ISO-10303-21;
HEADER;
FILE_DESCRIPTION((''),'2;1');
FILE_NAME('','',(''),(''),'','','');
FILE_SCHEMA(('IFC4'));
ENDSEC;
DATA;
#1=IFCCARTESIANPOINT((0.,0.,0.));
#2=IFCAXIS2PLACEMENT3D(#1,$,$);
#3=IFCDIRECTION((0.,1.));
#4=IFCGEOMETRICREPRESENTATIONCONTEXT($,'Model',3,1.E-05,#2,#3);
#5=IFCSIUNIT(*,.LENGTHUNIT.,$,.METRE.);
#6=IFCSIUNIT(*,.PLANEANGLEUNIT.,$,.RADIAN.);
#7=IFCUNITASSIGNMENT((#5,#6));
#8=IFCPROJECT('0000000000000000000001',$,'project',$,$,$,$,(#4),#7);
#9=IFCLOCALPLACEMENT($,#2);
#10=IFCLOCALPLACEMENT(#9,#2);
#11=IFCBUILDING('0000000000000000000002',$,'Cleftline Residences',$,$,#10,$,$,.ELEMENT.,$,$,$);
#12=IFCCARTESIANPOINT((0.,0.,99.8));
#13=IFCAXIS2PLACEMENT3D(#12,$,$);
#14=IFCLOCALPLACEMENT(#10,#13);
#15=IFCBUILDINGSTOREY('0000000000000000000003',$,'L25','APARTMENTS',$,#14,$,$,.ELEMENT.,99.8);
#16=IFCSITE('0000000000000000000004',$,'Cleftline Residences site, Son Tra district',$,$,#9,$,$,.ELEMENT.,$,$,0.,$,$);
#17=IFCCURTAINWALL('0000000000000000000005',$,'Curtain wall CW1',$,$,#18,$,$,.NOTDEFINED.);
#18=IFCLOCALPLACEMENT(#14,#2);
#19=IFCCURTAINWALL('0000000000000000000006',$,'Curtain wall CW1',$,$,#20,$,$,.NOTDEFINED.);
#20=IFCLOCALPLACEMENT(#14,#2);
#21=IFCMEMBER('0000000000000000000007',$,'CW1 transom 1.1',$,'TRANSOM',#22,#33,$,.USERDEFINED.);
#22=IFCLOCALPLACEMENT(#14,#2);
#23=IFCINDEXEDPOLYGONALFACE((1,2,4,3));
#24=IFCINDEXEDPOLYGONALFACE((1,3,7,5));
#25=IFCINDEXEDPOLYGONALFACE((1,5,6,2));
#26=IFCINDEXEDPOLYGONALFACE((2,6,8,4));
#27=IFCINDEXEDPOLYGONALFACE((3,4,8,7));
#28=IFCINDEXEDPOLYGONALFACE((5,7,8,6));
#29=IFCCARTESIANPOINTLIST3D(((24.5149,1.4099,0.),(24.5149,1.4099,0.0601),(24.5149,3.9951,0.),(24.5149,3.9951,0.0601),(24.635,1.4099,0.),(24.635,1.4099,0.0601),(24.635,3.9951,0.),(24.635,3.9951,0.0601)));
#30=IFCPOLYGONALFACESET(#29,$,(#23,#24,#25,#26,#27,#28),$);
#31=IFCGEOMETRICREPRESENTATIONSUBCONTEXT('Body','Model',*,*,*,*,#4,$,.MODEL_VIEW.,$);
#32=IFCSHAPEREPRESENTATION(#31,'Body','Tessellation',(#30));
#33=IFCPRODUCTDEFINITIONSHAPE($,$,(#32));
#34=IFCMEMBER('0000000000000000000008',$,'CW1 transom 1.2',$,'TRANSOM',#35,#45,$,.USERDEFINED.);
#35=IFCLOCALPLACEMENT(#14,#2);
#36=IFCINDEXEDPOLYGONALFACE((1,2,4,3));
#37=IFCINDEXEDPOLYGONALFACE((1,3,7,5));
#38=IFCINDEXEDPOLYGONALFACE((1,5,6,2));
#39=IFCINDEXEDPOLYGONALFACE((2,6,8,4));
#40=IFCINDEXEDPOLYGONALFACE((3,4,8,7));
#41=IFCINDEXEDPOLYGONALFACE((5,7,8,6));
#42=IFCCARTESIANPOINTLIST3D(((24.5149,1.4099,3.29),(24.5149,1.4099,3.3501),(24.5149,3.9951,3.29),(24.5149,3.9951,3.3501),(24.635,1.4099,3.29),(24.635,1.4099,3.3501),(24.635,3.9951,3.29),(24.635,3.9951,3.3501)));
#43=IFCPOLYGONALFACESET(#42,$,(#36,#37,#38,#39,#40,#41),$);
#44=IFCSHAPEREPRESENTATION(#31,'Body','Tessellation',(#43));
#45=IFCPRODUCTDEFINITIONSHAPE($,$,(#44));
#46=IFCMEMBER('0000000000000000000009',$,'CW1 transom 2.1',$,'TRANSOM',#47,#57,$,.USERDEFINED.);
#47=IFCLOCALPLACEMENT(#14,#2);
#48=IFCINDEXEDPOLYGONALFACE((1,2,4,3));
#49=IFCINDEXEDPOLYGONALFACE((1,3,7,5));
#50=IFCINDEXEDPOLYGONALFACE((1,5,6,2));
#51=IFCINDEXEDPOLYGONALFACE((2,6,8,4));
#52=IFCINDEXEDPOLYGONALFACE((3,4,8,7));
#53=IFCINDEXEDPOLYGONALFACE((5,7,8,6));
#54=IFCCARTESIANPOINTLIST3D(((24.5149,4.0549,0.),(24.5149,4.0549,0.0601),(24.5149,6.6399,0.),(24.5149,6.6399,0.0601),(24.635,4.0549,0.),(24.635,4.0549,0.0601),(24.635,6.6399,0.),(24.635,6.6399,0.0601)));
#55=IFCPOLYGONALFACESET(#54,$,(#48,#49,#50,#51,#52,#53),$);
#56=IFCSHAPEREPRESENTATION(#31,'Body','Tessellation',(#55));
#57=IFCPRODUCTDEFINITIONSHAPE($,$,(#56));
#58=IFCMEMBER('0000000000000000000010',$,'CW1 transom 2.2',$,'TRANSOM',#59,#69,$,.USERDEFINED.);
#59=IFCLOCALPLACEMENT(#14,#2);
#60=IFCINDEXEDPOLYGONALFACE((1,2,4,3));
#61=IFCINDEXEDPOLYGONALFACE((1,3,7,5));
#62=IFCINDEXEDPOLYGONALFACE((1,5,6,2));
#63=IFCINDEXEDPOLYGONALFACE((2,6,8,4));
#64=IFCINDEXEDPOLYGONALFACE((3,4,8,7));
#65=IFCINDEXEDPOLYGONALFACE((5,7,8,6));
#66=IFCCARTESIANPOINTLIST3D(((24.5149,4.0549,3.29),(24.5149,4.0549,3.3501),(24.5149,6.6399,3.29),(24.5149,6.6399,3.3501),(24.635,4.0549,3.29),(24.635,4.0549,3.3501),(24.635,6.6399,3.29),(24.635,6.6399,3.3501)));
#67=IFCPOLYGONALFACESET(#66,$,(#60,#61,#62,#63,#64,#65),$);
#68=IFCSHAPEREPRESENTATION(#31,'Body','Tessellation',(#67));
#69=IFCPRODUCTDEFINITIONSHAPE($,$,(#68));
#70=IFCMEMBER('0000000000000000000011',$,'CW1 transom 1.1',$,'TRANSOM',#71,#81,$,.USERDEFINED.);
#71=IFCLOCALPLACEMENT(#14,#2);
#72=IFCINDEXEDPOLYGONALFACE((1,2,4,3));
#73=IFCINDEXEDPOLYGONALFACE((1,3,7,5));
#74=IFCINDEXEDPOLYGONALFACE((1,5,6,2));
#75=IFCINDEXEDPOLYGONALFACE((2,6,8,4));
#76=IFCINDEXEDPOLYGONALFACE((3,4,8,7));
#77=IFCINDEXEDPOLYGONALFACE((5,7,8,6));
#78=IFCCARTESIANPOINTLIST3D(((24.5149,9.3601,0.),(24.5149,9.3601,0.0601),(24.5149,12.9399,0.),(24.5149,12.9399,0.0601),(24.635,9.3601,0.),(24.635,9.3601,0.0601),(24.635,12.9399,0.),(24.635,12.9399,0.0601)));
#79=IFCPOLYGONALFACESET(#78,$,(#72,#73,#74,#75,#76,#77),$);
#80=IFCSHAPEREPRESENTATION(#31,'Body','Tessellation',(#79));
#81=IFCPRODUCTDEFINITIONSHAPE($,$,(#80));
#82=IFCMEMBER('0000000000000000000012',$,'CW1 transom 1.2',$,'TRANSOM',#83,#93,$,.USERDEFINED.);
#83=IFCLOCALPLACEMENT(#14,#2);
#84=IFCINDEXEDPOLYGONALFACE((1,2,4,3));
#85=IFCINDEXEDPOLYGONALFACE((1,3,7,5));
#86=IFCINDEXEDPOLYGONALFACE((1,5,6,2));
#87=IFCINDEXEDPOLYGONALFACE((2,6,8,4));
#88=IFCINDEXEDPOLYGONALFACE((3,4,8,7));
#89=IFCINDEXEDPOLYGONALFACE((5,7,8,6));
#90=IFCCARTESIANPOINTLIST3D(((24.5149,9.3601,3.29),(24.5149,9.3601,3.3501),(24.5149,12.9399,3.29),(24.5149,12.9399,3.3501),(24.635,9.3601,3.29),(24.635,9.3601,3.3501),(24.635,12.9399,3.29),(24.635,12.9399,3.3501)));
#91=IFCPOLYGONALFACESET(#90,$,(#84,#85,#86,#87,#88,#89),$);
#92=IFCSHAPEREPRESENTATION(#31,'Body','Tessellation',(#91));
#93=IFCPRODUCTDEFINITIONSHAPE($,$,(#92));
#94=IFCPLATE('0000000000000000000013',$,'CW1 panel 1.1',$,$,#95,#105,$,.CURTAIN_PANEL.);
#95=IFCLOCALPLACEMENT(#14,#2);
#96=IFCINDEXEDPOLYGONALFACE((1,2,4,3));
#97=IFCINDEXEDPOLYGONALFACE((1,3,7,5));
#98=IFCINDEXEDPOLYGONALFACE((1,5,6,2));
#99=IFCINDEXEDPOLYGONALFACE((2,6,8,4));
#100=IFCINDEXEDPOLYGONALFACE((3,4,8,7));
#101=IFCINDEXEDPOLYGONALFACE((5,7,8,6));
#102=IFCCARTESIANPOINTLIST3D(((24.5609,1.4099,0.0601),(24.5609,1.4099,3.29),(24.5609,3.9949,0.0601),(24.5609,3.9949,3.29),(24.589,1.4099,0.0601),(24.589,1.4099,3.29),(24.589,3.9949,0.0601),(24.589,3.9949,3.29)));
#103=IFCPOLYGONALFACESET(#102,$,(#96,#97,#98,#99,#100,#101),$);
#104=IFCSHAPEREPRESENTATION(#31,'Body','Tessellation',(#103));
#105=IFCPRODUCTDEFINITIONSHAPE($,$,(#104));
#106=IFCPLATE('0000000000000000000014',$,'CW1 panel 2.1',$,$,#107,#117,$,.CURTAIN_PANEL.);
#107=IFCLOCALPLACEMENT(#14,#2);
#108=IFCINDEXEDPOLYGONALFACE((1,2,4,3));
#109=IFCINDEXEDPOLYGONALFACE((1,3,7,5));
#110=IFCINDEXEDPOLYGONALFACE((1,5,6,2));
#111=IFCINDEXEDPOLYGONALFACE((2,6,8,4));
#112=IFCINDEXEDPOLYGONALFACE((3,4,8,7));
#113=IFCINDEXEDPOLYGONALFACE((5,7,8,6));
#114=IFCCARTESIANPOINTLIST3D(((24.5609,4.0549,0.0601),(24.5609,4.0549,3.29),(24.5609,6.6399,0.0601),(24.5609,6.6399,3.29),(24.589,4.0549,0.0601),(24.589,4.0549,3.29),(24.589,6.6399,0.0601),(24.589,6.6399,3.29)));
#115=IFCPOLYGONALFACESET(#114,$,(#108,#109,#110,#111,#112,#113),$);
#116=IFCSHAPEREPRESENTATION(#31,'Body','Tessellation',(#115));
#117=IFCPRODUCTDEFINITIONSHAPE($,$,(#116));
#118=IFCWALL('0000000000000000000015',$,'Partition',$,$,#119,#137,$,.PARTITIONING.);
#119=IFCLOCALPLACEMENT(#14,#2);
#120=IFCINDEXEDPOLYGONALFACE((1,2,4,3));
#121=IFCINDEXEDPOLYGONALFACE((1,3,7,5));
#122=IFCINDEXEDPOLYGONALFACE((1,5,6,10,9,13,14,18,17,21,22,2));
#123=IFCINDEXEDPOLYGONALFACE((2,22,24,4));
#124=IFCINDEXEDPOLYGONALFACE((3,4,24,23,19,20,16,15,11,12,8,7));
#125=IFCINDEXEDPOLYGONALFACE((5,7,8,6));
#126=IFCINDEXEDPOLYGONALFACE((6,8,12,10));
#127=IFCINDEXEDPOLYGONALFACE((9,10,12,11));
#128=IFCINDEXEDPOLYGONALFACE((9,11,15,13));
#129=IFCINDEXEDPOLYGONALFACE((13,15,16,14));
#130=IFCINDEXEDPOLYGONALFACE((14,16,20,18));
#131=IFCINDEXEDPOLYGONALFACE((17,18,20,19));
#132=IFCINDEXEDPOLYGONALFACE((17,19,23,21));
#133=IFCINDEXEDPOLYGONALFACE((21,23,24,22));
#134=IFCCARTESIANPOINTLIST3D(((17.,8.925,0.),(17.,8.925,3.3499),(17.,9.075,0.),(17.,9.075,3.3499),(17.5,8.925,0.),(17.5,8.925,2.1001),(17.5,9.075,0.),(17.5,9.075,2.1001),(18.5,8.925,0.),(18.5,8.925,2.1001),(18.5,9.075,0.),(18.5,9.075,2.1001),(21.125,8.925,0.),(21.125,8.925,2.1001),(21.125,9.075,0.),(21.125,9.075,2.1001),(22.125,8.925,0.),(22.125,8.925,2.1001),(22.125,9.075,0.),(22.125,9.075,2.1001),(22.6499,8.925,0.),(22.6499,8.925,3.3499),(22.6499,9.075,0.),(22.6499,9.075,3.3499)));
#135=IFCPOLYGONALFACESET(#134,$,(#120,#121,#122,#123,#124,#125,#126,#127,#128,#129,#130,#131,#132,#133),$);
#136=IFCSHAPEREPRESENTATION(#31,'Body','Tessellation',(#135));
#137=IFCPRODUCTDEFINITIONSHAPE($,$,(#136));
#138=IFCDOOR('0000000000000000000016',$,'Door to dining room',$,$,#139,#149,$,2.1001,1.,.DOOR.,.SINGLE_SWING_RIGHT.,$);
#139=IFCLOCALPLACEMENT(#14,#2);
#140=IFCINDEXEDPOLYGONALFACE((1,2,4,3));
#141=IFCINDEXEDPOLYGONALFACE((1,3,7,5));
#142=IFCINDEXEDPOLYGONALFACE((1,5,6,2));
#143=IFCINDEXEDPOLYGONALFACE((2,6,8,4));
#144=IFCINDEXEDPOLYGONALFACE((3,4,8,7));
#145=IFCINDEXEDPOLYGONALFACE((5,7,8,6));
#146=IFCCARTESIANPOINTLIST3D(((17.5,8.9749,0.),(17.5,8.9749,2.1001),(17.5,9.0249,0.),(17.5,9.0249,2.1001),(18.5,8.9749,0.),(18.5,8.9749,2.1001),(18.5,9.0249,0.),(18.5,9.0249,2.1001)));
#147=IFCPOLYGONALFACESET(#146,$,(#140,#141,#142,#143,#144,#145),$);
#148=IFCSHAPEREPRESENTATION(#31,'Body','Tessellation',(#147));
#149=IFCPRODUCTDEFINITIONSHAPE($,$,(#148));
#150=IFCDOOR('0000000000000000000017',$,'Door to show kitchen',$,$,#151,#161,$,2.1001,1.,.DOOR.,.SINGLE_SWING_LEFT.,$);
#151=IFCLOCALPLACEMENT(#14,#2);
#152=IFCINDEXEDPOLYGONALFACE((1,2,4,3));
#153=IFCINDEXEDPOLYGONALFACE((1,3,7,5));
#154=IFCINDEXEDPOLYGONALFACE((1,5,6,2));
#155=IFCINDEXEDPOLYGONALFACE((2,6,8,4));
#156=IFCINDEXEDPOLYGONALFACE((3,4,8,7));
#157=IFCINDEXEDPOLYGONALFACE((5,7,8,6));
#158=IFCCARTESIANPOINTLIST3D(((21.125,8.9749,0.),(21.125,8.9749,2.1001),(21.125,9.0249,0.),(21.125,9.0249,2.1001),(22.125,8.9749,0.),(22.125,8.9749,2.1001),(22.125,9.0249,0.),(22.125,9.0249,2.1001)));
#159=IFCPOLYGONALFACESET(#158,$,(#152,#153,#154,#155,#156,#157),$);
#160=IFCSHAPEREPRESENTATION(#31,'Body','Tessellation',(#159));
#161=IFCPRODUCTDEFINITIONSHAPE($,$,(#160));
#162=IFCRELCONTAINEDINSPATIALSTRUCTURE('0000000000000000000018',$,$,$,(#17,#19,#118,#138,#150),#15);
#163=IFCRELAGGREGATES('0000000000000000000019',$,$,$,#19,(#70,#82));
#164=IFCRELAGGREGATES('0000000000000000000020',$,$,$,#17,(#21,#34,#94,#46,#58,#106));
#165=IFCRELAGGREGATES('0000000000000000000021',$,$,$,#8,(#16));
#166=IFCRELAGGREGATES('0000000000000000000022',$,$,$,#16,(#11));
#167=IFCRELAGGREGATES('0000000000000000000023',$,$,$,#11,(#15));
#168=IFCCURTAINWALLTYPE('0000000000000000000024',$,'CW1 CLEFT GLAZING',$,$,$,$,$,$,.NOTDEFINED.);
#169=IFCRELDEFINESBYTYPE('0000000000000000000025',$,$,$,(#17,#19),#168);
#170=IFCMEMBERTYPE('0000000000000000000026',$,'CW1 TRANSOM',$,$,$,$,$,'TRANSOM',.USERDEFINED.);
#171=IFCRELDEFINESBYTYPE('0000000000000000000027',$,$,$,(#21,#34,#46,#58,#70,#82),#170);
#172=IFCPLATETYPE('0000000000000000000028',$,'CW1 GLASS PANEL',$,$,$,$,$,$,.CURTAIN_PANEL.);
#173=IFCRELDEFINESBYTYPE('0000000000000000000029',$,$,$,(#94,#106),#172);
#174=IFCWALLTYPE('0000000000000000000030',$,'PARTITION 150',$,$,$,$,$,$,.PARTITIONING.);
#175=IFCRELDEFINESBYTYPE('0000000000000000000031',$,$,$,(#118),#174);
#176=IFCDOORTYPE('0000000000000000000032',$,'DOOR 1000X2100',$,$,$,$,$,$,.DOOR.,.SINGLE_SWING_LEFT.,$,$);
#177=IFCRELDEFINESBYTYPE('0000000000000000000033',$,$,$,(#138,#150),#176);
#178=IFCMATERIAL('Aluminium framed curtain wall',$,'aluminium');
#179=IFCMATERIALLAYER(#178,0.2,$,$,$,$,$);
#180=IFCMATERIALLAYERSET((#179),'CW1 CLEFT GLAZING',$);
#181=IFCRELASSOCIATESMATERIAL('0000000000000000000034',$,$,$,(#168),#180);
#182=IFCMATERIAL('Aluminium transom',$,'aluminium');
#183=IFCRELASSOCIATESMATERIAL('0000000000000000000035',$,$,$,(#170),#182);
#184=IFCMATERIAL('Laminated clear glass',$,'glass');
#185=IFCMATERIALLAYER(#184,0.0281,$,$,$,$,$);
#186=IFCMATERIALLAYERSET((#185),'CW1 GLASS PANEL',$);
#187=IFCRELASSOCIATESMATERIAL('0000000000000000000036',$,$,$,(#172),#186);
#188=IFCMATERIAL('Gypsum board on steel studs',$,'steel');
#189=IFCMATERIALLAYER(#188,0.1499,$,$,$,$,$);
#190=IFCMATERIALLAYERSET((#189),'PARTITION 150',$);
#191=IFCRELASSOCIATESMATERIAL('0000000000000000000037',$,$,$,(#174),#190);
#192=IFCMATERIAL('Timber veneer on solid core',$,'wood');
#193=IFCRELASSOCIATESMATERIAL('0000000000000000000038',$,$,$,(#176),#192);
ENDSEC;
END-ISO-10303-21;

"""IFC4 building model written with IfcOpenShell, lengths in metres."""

from ifc_helpers import new_model, si_unit, direction, frame, frame_2d, origin, origin_2d, place, context, subcontext, project, spatial, rectangle, extrude, material, layer, layer_set, material_profile, profile_set, type_object, element, fill, aggregate, save


model = new_model("IFC4")

# Units and contexts
model_context = context("Model", 3, precision=1e-05, world=origin(), true_north=direction((0.0, 1.0)))
body_context = subcontext(model_context, "Body", "Model", "MODEL_VIEW")
ifc_project = project(units=[si_unit("LENGTHUNIT", "METRE"), si_unit("PLANEANGLEUNIT", "RADIAN")], contexts=[model_context])

# Site, building, storey
site_placement = place(None, origin())
site = spatial("IfcSite", under=ifc_project, at=site_placement, Name="Cleftline Residences site, Son Tra district", CompositionType="ELEMENT", RefElevation=0.0)
building_placement = place(site_placement, origin())
building = spatial("IfcBuilding", under=site, at=building_placement, Name="Cleftline Residences", CompositionType="ELEMENT")
storey_placement = place(building_placement, frame((0.0, 0.0, 99.8)))
storey = spatial("IfcBuildingStorey", under=building, at=storey_placement, Name="L25", Description="APARTMENTS", CompositionType="ELEMENT", Elevation=99.8)

# Curtain wall
ifc_material_1 = material(Name="Aluminium framed curtain wall", Category="aluminium")
ifc_layer_1 = layer(ifc_material_1, 0.2)
ifc_layer_set_1 = layer_set([ifc_layer_1], Name="CW1 CLEFT GLAZING")
curtain_wall_type = type_object("IfcCurtainWallType", Name="CW1 CLEFT GLAZING", PredefinedType="NOTDEFINED", material=ifc_layer_set_1)
curtain_wall_1_placement = place(storey_placement, origin())
curtain_wall_1 = element("IfcCurtainWall", 1, at=curtain_wall_1_placement, inside=storey, type_object=curtain_wall_type, Name="Curtain wall CW1", PredefinedType="NOTDEFINED")

# Curtain wall
curtain_wall_2_placement = place(storey_placement, origin())
curtain_wall_2 = element("IfcCurtainWall", 2, at=curtain_wall_2_placement, inside=storey, type_object=curtain_wall_type, Name="Curtain wall CW1", PredefinedType="NOTDEFINED")

# Members
ifc_material_2 = material(Name="Aluminium transom", Category="aluminium")
ifc_material_profile_1 = material_profile(ifc_material_2, rectangle(XDim=0.1201, YDim=0.0601, at=origin_2d()))
ifc_profile_set_1 = profile_set([ifc_material_profile_1], Name="Aluminium transom")
member_type_1 = type_object("IfcMemberType", Name="CW1 TRANSOM", ElementType="TRANSOM", PredefinedType="USERDEFINED", material=ifc_profile_set_1)
member_1_placement = place(storey_placement, frame((24.575, 1.4099, 0.03), z_axis=(0.0, 1.0, 0.0), x_axis=(-1.0, 0.0, 0.0)))
member_1 = element("IfcMember", 3, at=member_1_placement, type_object=member_type_1, Name="CW1 transom 1.1", ObjectType="TRANSOM", PredefinedType="USERDEFINED", context=body_context, shape_type="SweptSolid", body=[
    extrude(rectangle(XDim=0.1201, YDim=0.0601, at=origin_2d()), origin(), (0.0, 0.0, 1.0), 2.5852),
])
member_2_placement = place(storey_placement, frame((24.575, 1.4099, 3.3201), z_axis=(0.0, 1.0, 0.0), x_axis=(-1.0, 0.0, 0.0)))
member_2 = element("IfcMember", 4, at=member_2_placement, type_object=member_type_1, Name="CW1 transom 1.2", ObjectType="TRANSOM", PredefinedType="USERDEFINED", context=body_context, shape_type="SweptSolid", body=[
    extrude(rectangle(XDim=0.1201, YDim=0.0601, at=origin_2d()), origin(), (0.0, 0.0, 1.0), 2.5852),
])
member_3_placement = place(storey_placement, frame((24.575, 4.0549, 0.03), z_axis=(0.0, 1.0, 0.0), x_axis=(-1.0, 0.0, 0.0)))
member_3 = element("IfcMember", 5, at=member_3_placement, type_object=member_type_1, Name="CW1 transom 2.1", ObjectType="TRANSOM", PredefinedType="USERDEFINED", context=body_context, shape_type="SweptSolid", body=[
    extrude(rectangle(XDim=0.1201, YDim=0.0601, at=origin_2d()), origin(), (0.0, 0.0, 1.0), 2.585),
])
member_4_placement = place(storey_placement, frame((24.575, 4.0549, 3.3201), z_axis=(0.0, 1.0, 0.0), x_axis=(-1.0, 0.0, 0.0)))
member_4 = element("IfcMember", 6, at=member_4_placement, type_object=member_type_1, Name="CW1 transom 2.2", ObjectType="TRANSOM", PredefinedType="USERDEFINED", context=body_context, shape_type="SweptSolid", body=[
    extrude(rectangle(XDim=0.1201, YDim=0.0601, at=origin_2d()), origin(), (0.0, 0.0, 1.0), 2.585),
])
member_5_placement = place(storey_placement, frame((24.575, 9.3601, 0.03), z_axis=(0.0, 1.0, 0.0), x_axis=(-1.0, 0.0, 0.0)))
member_5 = element("IfcMember", 7, at=member_5_placement, type_object=member_type_1, Name="CW1 transom 1.1", ObjectType="TRANSOM", PredefinedType="USERDEFINED", context=body_context, shape_type="SweptSolid", body=[
    extrude(rectangle(XDim=0.1201, YDim=0.0601, at=origin_2d()), origin(), (0.0, 0.0, 1.0), 3.5798),
])
member_6_placement = place(storey_placement, frame((24.575, 9.3601, 3.3201), z_axis=(0.0, 1.0, 0.0), x_axis=(-1.0, 0.0, 0.0)))
member_6 = element("IfcMember", 8, at=member_6_placement, type_object=member_type_1, Name="CW1 transom 1.2", ObjectType="TRANSOM", PredefinedType="USERDEFINED", context=body_context, shape_type="SweptSolid", body=[
    extrude(rectangle(XDim=0.1201, YDim=0.0601, at=origin_2d()), origin(), (0.0, 0.0, 1.0), 3.5798),
])
aggregate(curtain_wall_2, [member_5, member_6])

# Plates
ifc_material_3 = material(Name="Laminated clear glass", Category="glass")
ifc_layer_2 = layer(ifc_material_3, 0.0281)
ifc_layer_set_2 = layer_set([ifc_layer_2], Name="CW1 GLASS PANEL")
plate_type = type_object("IfcPlateType", Name="CW1 GLASS PANEL", PredefinedType="CURTAIN_PANEL", material=ifc_layer_set_2)
plate_1_placement = place(storey_placement, frame((24.575, 2.7024, 0.0601), z_axis=(0.0, 0.0, 1.0), x_axis=(0.0, 1.0, 0.0)))
plate_1 = element("IfcPlate", 9, at=plate_1_placement, type_object=plate_type, Name="CW1 panel 1.1", PredefinedType="CURTAIN_PANEL", context=body_context, shape_type="SweptSolid", body=[
    extrude(rectangle(XDim=2.585, YDim=0.0281, at=origin_2d()), origin(), (0.0, 0.0, 1.0), 3.23),
])
plate_2_placement = place(storey_placement, frame((24.575, 5.3474, 0.0601), z_axis=(0.0, 0.0, 1.0), x_axis=(0.0, 1.0, 0.0)))
plate_2 = element("IfcPlate", 10, at=plate_2_placement, type_object=plate_type, Name="CW1 panel 2.1", PredefinedType="CURTAIN_PANEL", context=body_context, shape_type="SweptSolid", body=[
    extrude(rectangle(XDim=2.585, YDim=0.0281, at=origin_2d()), origin(), (0.0, 0.0, 1.0), 3.23),
])
aggregate(curtain_wall_1, [member_1, member_2, plate_1, member_3, member_4, plate_2])

# Wall, openings, doors
ifc_material_4 = material(Name="Gypsum board on steel studs", Category="steel")
ifc_layer_3 = layer(ifc_material_4, 0.1499)
ifc_layer_set_3 = layer_set([ifc_layer_3], Name="PARTITION 150")
wall_type = type_object("IfcWallType", Name="PARTITION 150", PredefinedType="PARTITIONING", material=ifc_layer_set_3)
wall_1_placement = place(storey_placement, frame((17.0, 9.0, 0.0), z_axis=(0.0, 0.0, 1.0), x_axis=(1.0, 0.0, 0.0)))
wall_1 = element("IfcWall", 11, at=wall_1_placement, inside=storey, type_object=wall_type, Name="Partition", PredefinedType="PARTITIONING", context=body_context, shape_type="SweptSolid", body=[
    extrude(rectangle(XDim=5.6499, YDim=0.1499, at=frame_2d((2.825, 0.0))), origin(), (0.0, 0.0, 1.0), 3.3499),
])
opening_1_placement = place(wall_1_placement, frame((0.5, 0.0, 0.0)))
opening_1 = element("IfcOpeningElement", 12, at=opening_1_placement, cuts=wall_1, PredefinedType="OPENING", context=body_context, shape_type="SweptSolid", body=[
    extrude(rectangle(XDim=1.0, YDim=2.1001, at=frame_2d((0.5, 1.05))), frame((0.0, 0.085, 0.0), z_axis=(0.0, -1.0, 0.0), x_axis=(1.0, 0.0, 0.0)), (0.0, 0.0, 1.0), 0.1699),
])
opening_2_placement = place(wall_1_placement, frame((4.125, 0.0, 0.0)))
opening_2 = element("IfcOpeningElement", 13, at=opening_2_placement, cuts=wall_1, PredefinedType="OPENING", context=body_context, shape_type="SweptSolid", body=[
    extrude(rectangle(XDim=1.0, YDim=2.1001, at=frame_2d((0.5, 1.05))), frame((0.0, 0.085, 0.0), z_axis=(0.0, -1.0, 0.0), x_axis=(1.0, 0.0, 0.0)), (0.0, 0.0, 1.0), 0.1699),
])
ifc_material_5 = material(Name="Timber veneer on solid core", Category="wood")
door_type_1 = type_object("IfcDoorType", Name="DOOR 1000X2100", OperationType="SINGLE_SWING_LEFT", PredefinedType="DOOR", material=ifc_material_5)
door_1_placement = place(opening_1_placement, origin())
door_1 = element("IfcDoor", 14, at=door_1_placement, inside=storey, type_object=door_type_1, Name="Door to dining room", OperationType="SINGLE_SWING_RIGHT", OverallHeight=2.1001, OverallWidth=1.0, PredefinedType="DOOR", context=body_context, shape_type="SweptSolid", body=[
    extrude(rectangle(XDim=1.0, YDim=2.1001, at=frame_2d((0.5, 1.05))), frame((0.0, 0.0249, 0.0), z_axis=(0.0, -1.0, 0.0), x_axis=(1.0, 0.0, 0.0)), (0.0, 0.0, 1.0), 0.05),
])
fill(opening_1, door_1)
door_2_placement = place(opening_2_placement, origin())
door_2 = element("IfcDoor", 15, at=door_2_placement, inside=storey, type_object=door_type_1, Name="Door to show kitchen", OperationType="SINGLE_SWING_LEFT", OverallHeight=2.1001, OverallWidth=1.0, PredefinedType="DOOR", context=body_context, shape_type="SweptSolid", body=[
    extrude(rectangle(XDim=1.0, YDim=2.1001, at=frame_2d((0.5, 1.05))), frame((0.0, 0.0249, 0.0), z_axis=(0.0, -1.0, 0.0), x_axis=(1.0, 0.0, 0.0)), (0.0, 0.0, 1.0), 0.05),
])
fill(opening_2, door_2)

save(model, "model.ifc")
